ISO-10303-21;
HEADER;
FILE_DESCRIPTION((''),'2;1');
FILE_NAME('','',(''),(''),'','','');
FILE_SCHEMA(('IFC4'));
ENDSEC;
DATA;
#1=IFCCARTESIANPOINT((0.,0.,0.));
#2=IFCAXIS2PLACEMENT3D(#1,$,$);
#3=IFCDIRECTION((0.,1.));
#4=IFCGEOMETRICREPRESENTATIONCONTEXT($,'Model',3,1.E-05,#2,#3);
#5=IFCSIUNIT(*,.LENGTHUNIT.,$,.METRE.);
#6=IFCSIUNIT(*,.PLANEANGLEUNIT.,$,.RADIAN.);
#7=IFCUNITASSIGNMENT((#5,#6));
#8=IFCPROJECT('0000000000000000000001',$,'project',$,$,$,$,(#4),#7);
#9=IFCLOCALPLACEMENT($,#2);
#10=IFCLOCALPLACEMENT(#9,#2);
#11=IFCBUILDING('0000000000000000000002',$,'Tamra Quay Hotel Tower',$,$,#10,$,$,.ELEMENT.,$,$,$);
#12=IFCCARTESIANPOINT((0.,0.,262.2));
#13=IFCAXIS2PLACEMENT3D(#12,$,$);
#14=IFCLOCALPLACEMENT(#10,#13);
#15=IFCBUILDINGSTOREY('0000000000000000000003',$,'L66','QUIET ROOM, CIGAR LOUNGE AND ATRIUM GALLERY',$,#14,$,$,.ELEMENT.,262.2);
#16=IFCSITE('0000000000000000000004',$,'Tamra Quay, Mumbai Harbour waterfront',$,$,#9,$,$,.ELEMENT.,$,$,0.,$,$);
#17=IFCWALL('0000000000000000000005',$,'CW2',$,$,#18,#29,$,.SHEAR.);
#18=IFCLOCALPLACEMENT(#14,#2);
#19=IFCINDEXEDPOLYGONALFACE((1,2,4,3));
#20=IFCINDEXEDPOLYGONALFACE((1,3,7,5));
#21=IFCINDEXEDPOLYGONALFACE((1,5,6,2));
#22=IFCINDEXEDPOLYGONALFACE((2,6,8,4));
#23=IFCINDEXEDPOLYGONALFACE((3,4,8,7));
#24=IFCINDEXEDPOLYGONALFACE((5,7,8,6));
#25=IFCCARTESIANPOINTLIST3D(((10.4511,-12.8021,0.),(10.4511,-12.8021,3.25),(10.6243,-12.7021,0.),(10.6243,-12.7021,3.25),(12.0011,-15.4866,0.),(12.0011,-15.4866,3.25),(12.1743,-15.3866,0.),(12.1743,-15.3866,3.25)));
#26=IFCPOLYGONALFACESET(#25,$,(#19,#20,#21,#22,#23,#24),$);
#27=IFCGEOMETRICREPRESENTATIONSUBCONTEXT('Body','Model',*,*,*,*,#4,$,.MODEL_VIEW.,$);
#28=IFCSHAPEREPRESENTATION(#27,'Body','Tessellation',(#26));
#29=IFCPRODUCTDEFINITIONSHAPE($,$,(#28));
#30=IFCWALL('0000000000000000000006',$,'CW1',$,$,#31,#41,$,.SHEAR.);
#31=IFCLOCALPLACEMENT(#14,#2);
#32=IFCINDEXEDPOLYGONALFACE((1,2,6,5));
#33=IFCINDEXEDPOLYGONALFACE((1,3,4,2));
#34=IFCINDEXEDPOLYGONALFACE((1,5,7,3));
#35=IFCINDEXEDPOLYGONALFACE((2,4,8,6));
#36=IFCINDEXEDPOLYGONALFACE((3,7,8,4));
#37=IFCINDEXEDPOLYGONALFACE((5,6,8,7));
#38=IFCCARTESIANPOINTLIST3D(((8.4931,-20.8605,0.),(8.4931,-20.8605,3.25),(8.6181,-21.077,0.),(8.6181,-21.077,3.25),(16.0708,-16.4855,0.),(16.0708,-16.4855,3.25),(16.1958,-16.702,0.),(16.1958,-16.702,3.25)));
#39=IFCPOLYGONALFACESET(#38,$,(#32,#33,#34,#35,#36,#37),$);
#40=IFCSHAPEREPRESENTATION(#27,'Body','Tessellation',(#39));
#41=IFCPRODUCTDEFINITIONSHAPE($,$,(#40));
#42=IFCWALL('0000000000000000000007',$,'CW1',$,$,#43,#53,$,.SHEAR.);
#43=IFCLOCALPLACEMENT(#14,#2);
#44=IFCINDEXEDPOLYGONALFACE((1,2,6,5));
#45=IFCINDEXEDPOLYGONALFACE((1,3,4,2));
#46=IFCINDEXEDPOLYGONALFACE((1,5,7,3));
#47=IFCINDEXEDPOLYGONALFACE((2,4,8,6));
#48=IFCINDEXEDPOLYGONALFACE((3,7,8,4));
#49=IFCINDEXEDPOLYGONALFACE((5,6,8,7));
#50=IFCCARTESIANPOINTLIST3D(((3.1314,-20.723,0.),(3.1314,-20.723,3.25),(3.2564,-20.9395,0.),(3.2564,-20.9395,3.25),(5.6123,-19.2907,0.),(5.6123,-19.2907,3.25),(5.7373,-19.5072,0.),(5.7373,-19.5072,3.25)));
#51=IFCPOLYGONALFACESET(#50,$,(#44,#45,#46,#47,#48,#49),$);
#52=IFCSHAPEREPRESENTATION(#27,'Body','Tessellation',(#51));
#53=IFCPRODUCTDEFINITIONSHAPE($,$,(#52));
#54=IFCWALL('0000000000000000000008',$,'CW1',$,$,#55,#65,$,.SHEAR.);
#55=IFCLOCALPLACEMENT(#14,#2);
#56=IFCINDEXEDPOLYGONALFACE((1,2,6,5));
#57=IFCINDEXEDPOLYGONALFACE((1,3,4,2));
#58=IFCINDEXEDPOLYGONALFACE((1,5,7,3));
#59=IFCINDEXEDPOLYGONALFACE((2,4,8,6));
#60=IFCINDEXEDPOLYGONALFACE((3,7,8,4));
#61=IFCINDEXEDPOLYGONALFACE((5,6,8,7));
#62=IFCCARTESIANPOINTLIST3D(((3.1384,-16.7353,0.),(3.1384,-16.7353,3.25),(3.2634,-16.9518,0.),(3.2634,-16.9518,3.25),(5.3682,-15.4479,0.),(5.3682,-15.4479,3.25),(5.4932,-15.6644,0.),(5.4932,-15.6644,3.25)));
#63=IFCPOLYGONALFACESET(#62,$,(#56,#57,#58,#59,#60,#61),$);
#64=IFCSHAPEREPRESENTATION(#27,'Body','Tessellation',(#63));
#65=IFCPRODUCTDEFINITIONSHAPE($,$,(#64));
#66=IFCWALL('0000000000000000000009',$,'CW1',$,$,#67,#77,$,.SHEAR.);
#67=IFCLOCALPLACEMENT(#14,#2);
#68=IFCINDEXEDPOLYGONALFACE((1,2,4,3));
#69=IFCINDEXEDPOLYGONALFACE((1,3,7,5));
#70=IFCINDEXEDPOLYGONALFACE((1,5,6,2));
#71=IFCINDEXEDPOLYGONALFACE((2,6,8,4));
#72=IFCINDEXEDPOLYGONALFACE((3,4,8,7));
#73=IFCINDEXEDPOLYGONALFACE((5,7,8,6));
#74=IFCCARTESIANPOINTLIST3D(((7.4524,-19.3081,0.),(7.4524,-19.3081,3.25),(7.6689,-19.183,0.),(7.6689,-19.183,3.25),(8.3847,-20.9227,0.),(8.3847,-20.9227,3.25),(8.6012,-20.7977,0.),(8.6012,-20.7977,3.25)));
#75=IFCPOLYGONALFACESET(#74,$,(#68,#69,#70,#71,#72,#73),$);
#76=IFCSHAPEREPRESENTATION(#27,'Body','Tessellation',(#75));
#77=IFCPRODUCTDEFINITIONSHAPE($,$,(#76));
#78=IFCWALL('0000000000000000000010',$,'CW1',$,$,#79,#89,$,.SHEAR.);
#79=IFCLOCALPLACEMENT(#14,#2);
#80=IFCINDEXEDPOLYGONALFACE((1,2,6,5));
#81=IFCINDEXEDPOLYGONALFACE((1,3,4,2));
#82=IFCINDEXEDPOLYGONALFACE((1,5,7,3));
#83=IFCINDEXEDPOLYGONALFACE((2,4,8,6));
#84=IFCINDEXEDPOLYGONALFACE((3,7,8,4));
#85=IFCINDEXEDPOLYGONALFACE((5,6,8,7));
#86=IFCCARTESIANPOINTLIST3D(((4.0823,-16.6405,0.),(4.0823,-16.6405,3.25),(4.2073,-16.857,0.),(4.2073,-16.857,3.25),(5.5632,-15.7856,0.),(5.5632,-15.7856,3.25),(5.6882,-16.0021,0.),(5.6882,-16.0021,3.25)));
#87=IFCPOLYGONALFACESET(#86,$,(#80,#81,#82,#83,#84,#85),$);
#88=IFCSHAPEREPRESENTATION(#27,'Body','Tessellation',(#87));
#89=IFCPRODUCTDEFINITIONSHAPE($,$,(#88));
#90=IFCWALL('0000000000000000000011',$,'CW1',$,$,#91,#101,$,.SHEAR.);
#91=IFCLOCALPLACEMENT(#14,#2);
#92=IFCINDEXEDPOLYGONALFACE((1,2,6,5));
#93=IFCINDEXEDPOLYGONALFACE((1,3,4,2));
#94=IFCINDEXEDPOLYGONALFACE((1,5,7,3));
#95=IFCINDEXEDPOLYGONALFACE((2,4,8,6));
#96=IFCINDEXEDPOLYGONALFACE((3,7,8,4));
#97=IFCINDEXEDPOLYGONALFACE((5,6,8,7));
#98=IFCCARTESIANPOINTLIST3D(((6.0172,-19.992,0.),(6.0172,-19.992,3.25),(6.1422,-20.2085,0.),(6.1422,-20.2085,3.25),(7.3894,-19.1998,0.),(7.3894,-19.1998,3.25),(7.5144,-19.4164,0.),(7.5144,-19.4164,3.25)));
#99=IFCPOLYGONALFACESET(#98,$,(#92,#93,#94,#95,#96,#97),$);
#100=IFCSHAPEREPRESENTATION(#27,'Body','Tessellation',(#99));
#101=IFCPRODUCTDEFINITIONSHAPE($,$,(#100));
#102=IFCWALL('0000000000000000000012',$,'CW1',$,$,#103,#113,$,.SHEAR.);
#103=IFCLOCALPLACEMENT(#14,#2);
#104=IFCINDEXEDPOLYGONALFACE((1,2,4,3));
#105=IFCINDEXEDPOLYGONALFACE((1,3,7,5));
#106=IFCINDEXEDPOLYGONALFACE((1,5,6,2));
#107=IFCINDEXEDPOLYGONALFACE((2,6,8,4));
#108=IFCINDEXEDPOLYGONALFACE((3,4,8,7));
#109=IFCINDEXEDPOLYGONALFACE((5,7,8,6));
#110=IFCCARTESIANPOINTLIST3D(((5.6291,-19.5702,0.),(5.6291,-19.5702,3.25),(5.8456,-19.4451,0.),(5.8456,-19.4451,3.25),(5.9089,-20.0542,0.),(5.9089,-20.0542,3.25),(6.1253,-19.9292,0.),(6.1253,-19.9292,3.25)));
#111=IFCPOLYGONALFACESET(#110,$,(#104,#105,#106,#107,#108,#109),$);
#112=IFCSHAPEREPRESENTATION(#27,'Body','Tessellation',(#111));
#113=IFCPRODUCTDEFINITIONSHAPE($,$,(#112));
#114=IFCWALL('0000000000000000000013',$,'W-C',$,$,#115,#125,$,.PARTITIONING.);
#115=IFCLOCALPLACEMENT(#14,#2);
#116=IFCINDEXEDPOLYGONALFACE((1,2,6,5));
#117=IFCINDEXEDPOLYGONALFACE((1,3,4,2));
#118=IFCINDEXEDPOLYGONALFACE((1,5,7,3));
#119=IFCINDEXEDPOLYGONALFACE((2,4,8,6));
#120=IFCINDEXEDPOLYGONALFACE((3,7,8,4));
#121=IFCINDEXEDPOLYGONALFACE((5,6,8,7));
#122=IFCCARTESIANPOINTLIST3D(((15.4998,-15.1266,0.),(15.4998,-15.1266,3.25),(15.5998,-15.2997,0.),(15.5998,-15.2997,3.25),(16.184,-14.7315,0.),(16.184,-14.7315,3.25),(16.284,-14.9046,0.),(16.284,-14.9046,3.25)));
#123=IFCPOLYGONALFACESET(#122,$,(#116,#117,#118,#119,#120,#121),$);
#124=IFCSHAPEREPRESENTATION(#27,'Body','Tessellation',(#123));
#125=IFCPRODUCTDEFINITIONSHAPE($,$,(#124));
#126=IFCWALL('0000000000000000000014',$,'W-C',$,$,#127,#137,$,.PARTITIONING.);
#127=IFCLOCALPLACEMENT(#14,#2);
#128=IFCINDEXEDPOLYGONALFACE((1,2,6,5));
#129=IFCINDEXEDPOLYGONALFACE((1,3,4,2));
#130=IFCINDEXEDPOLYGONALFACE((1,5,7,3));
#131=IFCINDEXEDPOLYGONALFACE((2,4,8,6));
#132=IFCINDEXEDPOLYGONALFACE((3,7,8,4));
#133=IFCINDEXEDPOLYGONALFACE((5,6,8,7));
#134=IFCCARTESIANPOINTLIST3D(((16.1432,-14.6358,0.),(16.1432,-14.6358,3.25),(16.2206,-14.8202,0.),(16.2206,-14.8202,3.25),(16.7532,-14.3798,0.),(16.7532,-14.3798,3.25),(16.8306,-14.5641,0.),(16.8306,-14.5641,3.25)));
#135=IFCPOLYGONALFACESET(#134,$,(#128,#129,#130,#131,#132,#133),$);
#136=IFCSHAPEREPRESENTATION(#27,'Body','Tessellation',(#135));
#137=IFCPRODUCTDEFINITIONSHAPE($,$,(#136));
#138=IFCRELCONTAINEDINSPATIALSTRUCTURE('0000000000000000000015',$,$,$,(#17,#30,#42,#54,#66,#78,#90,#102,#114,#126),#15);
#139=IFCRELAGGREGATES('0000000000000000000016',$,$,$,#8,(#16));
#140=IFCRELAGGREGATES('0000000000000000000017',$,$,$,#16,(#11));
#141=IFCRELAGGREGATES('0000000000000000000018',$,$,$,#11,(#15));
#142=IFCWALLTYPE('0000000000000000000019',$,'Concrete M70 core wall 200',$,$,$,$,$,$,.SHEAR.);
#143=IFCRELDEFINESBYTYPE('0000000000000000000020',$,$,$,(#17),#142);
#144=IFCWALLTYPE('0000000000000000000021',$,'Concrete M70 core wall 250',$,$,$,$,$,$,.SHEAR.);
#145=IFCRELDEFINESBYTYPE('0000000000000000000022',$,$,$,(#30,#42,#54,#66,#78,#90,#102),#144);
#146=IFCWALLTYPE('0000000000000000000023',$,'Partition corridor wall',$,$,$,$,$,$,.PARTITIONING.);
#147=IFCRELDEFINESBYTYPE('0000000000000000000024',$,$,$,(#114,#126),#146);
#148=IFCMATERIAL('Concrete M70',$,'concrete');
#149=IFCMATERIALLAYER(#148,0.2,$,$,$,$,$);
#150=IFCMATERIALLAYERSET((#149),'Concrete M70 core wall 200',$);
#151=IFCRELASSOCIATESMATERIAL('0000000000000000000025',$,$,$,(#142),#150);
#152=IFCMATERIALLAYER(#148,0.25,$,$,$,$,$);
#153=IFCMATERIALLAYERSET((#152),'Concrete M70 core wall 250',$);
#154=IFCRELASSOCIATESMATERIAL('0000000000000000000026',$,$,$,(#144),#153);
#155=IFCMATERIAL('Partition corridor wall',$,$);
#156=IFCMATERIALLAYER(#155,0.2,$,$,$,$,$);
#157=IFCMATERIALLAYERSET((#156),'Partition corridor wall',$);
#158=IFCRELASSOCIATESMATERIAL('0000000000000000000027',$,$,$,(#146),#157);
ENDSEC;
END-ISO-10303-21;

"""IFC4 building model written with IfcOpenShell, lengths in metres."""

from ifc_helpers import new_model, si_unit, direction, frame, frame_2d, origin, place, context, subcontext, project, spatial, rectangle, extrude, material, layer, layer_set, type_object, element, save


model = new_model("IFC4")

# Units and contexts
model_context = context("Model", 3, precision=1e-05, world=origin(), true_north=direction((0.0, 1.0)))
body_context = subcontext(model_context, "Body", "Model", "MODEL_VIEW")
ifc_project = project(units=[si_unit("LENGTHUNIT", "METRE"), si_unit("PLANEANGLEUNIT", "RADIAN")], contexts=[model_context])

# Site, building, storey
site_placement = place(None, origin())
site = spatial("IfcSite", under=ifc_project, at=site_placement, Name="Tamra Quay, Mumbai Harbour waterfront", CompositionType="ELEMENT", RefElevation=0.0)
building_placement = place(site_placement, origin())
building = spatial("IfcBuilding", under=site, at=building_placement, Name="Tamra Quay Hotel Tower", CompositionType="ELEMENT")
storey_placement = place(building_placement, frame((0.0, 0.0, 262.2)))
storey = spatial("IfcBuildingStorey", under=building, at=storey_placement, Name="L66", Description="QUIET ROOM, CIGAR LOUNGE AND ATRIUM GALLERY", CompositionType="ELEMENT", Elevation=262.2)

# Shared definitions
ifc_material_1 = material(Name="Concrete M70", Category="concrete")

# Shared definitions
ifc_layer_1 = layer(ifc_material_1, 0.2)
ifc_layer_set_1 = layer_set([ifc_layer_1], Name="Concrete M70 core wall 200")
wall_type_1 = type_object("IfcWallType", Name="Concrete M70 core wall 200", PredefinedType="SHEAR", material=ifc_layer_set_1)

# Walls
wall_1_placement = place(storey_placement, frame((12.0876, -15.4365, 0.0), z_axis=(0.0, 0.0, 1.0), x_axis=(-0.500027, 0.86601, 0.0)))
element("IfcWall", 1, at=wall_1_placement, inside=storey, type_object=wall_type_1, Name="CW2", PredefinedType="SHEAR", context=body_context, shape_type="SweptSolid", body=[
    extrude(rectangle(XDim=3.0999, YDim=0.2, at=frame_2d((1.5498, 0.0))), origin(), (0.0, 0.0, 1.0), 3.25),
])
ifc_layer_2 = layer(ifc_material_1, 0.25)
ifc_layer_set_2 = layer_set([ifc_layer_2], Name="Concrete M70 core wall 250")
wall_type_2 = type_object("IfcWallType", Name="Concrete M70 core wall 250", PredefinedType="SHEAR", material=ifc_layer_set_2)
wall_2_placement = place(storey_placement, frame((16.1333, -16.5938, 0.0), z_axis=(0.0, 0.0, 1.0), x_axis=(-0.866023, -0.500004, 0.0)))
element("IfcWall", 2, at=wall_2_placement, inside=storey, type_object=wall_type_2, Name="CW1", PredefinedType="SHEAR", context=body_context, shape_type="SweptSolid", body=[
    extrude(rectangle(XDim=8.75, YDim=0.25, at=frame_2d((4.375, 0.0))), origin(), (0.0, 0.0, 1.0), 3.25),
])
wall_3_placement = place(storey_placement, frame((5.6748, -19.3989, 0.0), z_axis=(0.0, 0.0, 1.0), x_axis=(-0.866027, -0.499998, 0.0)))
element("IfcWall", 3, at=wall_3_placement, inside=storey, type_object=wall_type_2, Name="CW1", PredefinedType="SHEAR", context=body_context, shape_type="SweptSolid", body=[
    extrude(rectangle(XDim=2.8647, YDim=0.25, at=frame_2d((1.4324, 0.0))), origin(), (0.0, 0.0, 1.0), 3.25),
])
wall_4_placement = place(storey_placement, frame((5.4307, -15.5562, 0.0), z_axis=(0.0, 0.0, 1.0), x_axis=(-0.866023, -0.500004, 0.0)))
element("IfcWall", 4, at=wall_4_placement, inside=storey, type_object=wall_type_2, Name="CW1", PredefinedType="SHEAR", context=body_context, shape_type="SweptSolid", body=[
    extrude(rectangle(XDim=2.5747, YDim=0.25, at=frame_2d((1.2874, 0.0))), origin(), (0.0, 0.0, 1.0), 3.25),
])
wall_5_placement = place(storey_placement, frame((8.4929, -20.8601, 0.0), z_axis=(0.0, 0.0, 1.0), x_axis=(-0.50004, 0.866002, 0.0)))
element("IfcWall", 5, at=wall_5_placement, inside=storey, type_object=wall_type_2, Name="CW1", PredefinedType="SHEAR", context=body_context, shape_type="SweptSolid", body=[
    extrude(rectangle(XDim=1.8645, YDim=0.25, at=frame_2d((0.9321, 0.0))), origin(), (0.0, 0.0, 1.0), 3.25),
])
wall_6_placement = place(storey_placement, frame((4.1448, -16.7488, 0.0), z_axis=(0.0, 0.0, 1.0), x_axis=(0.866038, 0.499978, 0.0)))
element("IfcWall", 6, at=wall_6_placement, inside=storey, type_object=wall_type_2, Name="CW1", PredefinedType="SHEAR", context=body_context, shape_type="SweptSolid", body=[
    extrude(rectangle(XDim=1.71, YDim=0.25, at=frame_2d((0.855, 0.0))), origin(), (0.0, 0.0, 1.0), 3.25),
])
wall_7_placement = place(storey_placement, frame((7.4519, -19.3081, 0.0), z_axis=(0.0, 0.0, 1.0), x_axis=(-0.866044, -0.499967, 0.0)))
element("IfcWall", 7, at=wall_7_placement, inside=storey, type_object=wall_type_2, Name="CW1", PredefinedType="SHEAR", context=body_context, shape_type="SweptSolid", body=[
    extrude(rectangle(XDim=1.5845, YDim=0.25, at=frame_2d((0.7922, 0.0))), origin(), (0.0, 0.0, 1.0), 3.25),
])
wall_8_placement = place(storey_placement, frame((6.0171, -19.9917, 0.0), z_axis=(0.0, 0.0, 1.0), x_axis=(-0.500365, 0.865815, 0.0)))
element("IfcWall", 8, at=wall_8_placement, inside=storey, type_object=wall_type_2, Name="CW1", PredefinedType="SHEAR", context=body_context, shape_type="SweptSolid", body=[
    extrude(rectangle(XDim=0.5591, YDim=0.25, at=frame_2d((0.2795, 0.0))), origin(), (0.0, 0.0, 1.0), 3.25),
])
ifc_material_2 = material(Name="Partition corridor wall")
ifc_layer_3 = layer(ifc_material_2, 0.2)
ifc_layer_set_3 = layer_set([ifc_layer_3], Name="Partition corridor wall")
wall_type_3 = type_object("IfcWallType", Name="Partition corridor wall", PredefinedType="PARTITIONING", material=ifc_layer_set_3)
wall_9_placement = place(storey_placement, frame((15.5498, -15.2131, 0.0), z_axis=(0.0, 0.0, 1.0), x_axis=(0.86599, 0.500061, 0.0)))
element("IfcWall", 9, at=wall_9_placement, inside=storey, type_object=wall_type_3, Name="W-C", PredefinedType="PARTITIONING", context=body_context, shape_type="SweptSolid", body=[
    extrude(rectangle(XDim=0.79, YDim=0.2, at=frame_2d((0.395, 0.0))), origin(), (0.0, 0.0, 1.0), 3.25),
])
wall_10_placement = place(storey_placement, frame((16.1819, -14.728, 0.0), z_axis=(0.0, 0.0, 1.0), x_axis=(0.922058, 0.387051, 0.0)))
element("IfcWall", 10, at=wall_10_placement, inside=storey, type_object=wall_type_3, Name="W-C", PredefinedType="PARTITIONING", context=body_context, shape_type="SweptSolid", body=[
    extrude(rectangle(XDim=0.6616, YDim=0.2, at=frame_2d((0.3308, 0.0))), origin(), (0.0, 0.0, 1.0), 3.25),
])

save(model, "model.ifc")
